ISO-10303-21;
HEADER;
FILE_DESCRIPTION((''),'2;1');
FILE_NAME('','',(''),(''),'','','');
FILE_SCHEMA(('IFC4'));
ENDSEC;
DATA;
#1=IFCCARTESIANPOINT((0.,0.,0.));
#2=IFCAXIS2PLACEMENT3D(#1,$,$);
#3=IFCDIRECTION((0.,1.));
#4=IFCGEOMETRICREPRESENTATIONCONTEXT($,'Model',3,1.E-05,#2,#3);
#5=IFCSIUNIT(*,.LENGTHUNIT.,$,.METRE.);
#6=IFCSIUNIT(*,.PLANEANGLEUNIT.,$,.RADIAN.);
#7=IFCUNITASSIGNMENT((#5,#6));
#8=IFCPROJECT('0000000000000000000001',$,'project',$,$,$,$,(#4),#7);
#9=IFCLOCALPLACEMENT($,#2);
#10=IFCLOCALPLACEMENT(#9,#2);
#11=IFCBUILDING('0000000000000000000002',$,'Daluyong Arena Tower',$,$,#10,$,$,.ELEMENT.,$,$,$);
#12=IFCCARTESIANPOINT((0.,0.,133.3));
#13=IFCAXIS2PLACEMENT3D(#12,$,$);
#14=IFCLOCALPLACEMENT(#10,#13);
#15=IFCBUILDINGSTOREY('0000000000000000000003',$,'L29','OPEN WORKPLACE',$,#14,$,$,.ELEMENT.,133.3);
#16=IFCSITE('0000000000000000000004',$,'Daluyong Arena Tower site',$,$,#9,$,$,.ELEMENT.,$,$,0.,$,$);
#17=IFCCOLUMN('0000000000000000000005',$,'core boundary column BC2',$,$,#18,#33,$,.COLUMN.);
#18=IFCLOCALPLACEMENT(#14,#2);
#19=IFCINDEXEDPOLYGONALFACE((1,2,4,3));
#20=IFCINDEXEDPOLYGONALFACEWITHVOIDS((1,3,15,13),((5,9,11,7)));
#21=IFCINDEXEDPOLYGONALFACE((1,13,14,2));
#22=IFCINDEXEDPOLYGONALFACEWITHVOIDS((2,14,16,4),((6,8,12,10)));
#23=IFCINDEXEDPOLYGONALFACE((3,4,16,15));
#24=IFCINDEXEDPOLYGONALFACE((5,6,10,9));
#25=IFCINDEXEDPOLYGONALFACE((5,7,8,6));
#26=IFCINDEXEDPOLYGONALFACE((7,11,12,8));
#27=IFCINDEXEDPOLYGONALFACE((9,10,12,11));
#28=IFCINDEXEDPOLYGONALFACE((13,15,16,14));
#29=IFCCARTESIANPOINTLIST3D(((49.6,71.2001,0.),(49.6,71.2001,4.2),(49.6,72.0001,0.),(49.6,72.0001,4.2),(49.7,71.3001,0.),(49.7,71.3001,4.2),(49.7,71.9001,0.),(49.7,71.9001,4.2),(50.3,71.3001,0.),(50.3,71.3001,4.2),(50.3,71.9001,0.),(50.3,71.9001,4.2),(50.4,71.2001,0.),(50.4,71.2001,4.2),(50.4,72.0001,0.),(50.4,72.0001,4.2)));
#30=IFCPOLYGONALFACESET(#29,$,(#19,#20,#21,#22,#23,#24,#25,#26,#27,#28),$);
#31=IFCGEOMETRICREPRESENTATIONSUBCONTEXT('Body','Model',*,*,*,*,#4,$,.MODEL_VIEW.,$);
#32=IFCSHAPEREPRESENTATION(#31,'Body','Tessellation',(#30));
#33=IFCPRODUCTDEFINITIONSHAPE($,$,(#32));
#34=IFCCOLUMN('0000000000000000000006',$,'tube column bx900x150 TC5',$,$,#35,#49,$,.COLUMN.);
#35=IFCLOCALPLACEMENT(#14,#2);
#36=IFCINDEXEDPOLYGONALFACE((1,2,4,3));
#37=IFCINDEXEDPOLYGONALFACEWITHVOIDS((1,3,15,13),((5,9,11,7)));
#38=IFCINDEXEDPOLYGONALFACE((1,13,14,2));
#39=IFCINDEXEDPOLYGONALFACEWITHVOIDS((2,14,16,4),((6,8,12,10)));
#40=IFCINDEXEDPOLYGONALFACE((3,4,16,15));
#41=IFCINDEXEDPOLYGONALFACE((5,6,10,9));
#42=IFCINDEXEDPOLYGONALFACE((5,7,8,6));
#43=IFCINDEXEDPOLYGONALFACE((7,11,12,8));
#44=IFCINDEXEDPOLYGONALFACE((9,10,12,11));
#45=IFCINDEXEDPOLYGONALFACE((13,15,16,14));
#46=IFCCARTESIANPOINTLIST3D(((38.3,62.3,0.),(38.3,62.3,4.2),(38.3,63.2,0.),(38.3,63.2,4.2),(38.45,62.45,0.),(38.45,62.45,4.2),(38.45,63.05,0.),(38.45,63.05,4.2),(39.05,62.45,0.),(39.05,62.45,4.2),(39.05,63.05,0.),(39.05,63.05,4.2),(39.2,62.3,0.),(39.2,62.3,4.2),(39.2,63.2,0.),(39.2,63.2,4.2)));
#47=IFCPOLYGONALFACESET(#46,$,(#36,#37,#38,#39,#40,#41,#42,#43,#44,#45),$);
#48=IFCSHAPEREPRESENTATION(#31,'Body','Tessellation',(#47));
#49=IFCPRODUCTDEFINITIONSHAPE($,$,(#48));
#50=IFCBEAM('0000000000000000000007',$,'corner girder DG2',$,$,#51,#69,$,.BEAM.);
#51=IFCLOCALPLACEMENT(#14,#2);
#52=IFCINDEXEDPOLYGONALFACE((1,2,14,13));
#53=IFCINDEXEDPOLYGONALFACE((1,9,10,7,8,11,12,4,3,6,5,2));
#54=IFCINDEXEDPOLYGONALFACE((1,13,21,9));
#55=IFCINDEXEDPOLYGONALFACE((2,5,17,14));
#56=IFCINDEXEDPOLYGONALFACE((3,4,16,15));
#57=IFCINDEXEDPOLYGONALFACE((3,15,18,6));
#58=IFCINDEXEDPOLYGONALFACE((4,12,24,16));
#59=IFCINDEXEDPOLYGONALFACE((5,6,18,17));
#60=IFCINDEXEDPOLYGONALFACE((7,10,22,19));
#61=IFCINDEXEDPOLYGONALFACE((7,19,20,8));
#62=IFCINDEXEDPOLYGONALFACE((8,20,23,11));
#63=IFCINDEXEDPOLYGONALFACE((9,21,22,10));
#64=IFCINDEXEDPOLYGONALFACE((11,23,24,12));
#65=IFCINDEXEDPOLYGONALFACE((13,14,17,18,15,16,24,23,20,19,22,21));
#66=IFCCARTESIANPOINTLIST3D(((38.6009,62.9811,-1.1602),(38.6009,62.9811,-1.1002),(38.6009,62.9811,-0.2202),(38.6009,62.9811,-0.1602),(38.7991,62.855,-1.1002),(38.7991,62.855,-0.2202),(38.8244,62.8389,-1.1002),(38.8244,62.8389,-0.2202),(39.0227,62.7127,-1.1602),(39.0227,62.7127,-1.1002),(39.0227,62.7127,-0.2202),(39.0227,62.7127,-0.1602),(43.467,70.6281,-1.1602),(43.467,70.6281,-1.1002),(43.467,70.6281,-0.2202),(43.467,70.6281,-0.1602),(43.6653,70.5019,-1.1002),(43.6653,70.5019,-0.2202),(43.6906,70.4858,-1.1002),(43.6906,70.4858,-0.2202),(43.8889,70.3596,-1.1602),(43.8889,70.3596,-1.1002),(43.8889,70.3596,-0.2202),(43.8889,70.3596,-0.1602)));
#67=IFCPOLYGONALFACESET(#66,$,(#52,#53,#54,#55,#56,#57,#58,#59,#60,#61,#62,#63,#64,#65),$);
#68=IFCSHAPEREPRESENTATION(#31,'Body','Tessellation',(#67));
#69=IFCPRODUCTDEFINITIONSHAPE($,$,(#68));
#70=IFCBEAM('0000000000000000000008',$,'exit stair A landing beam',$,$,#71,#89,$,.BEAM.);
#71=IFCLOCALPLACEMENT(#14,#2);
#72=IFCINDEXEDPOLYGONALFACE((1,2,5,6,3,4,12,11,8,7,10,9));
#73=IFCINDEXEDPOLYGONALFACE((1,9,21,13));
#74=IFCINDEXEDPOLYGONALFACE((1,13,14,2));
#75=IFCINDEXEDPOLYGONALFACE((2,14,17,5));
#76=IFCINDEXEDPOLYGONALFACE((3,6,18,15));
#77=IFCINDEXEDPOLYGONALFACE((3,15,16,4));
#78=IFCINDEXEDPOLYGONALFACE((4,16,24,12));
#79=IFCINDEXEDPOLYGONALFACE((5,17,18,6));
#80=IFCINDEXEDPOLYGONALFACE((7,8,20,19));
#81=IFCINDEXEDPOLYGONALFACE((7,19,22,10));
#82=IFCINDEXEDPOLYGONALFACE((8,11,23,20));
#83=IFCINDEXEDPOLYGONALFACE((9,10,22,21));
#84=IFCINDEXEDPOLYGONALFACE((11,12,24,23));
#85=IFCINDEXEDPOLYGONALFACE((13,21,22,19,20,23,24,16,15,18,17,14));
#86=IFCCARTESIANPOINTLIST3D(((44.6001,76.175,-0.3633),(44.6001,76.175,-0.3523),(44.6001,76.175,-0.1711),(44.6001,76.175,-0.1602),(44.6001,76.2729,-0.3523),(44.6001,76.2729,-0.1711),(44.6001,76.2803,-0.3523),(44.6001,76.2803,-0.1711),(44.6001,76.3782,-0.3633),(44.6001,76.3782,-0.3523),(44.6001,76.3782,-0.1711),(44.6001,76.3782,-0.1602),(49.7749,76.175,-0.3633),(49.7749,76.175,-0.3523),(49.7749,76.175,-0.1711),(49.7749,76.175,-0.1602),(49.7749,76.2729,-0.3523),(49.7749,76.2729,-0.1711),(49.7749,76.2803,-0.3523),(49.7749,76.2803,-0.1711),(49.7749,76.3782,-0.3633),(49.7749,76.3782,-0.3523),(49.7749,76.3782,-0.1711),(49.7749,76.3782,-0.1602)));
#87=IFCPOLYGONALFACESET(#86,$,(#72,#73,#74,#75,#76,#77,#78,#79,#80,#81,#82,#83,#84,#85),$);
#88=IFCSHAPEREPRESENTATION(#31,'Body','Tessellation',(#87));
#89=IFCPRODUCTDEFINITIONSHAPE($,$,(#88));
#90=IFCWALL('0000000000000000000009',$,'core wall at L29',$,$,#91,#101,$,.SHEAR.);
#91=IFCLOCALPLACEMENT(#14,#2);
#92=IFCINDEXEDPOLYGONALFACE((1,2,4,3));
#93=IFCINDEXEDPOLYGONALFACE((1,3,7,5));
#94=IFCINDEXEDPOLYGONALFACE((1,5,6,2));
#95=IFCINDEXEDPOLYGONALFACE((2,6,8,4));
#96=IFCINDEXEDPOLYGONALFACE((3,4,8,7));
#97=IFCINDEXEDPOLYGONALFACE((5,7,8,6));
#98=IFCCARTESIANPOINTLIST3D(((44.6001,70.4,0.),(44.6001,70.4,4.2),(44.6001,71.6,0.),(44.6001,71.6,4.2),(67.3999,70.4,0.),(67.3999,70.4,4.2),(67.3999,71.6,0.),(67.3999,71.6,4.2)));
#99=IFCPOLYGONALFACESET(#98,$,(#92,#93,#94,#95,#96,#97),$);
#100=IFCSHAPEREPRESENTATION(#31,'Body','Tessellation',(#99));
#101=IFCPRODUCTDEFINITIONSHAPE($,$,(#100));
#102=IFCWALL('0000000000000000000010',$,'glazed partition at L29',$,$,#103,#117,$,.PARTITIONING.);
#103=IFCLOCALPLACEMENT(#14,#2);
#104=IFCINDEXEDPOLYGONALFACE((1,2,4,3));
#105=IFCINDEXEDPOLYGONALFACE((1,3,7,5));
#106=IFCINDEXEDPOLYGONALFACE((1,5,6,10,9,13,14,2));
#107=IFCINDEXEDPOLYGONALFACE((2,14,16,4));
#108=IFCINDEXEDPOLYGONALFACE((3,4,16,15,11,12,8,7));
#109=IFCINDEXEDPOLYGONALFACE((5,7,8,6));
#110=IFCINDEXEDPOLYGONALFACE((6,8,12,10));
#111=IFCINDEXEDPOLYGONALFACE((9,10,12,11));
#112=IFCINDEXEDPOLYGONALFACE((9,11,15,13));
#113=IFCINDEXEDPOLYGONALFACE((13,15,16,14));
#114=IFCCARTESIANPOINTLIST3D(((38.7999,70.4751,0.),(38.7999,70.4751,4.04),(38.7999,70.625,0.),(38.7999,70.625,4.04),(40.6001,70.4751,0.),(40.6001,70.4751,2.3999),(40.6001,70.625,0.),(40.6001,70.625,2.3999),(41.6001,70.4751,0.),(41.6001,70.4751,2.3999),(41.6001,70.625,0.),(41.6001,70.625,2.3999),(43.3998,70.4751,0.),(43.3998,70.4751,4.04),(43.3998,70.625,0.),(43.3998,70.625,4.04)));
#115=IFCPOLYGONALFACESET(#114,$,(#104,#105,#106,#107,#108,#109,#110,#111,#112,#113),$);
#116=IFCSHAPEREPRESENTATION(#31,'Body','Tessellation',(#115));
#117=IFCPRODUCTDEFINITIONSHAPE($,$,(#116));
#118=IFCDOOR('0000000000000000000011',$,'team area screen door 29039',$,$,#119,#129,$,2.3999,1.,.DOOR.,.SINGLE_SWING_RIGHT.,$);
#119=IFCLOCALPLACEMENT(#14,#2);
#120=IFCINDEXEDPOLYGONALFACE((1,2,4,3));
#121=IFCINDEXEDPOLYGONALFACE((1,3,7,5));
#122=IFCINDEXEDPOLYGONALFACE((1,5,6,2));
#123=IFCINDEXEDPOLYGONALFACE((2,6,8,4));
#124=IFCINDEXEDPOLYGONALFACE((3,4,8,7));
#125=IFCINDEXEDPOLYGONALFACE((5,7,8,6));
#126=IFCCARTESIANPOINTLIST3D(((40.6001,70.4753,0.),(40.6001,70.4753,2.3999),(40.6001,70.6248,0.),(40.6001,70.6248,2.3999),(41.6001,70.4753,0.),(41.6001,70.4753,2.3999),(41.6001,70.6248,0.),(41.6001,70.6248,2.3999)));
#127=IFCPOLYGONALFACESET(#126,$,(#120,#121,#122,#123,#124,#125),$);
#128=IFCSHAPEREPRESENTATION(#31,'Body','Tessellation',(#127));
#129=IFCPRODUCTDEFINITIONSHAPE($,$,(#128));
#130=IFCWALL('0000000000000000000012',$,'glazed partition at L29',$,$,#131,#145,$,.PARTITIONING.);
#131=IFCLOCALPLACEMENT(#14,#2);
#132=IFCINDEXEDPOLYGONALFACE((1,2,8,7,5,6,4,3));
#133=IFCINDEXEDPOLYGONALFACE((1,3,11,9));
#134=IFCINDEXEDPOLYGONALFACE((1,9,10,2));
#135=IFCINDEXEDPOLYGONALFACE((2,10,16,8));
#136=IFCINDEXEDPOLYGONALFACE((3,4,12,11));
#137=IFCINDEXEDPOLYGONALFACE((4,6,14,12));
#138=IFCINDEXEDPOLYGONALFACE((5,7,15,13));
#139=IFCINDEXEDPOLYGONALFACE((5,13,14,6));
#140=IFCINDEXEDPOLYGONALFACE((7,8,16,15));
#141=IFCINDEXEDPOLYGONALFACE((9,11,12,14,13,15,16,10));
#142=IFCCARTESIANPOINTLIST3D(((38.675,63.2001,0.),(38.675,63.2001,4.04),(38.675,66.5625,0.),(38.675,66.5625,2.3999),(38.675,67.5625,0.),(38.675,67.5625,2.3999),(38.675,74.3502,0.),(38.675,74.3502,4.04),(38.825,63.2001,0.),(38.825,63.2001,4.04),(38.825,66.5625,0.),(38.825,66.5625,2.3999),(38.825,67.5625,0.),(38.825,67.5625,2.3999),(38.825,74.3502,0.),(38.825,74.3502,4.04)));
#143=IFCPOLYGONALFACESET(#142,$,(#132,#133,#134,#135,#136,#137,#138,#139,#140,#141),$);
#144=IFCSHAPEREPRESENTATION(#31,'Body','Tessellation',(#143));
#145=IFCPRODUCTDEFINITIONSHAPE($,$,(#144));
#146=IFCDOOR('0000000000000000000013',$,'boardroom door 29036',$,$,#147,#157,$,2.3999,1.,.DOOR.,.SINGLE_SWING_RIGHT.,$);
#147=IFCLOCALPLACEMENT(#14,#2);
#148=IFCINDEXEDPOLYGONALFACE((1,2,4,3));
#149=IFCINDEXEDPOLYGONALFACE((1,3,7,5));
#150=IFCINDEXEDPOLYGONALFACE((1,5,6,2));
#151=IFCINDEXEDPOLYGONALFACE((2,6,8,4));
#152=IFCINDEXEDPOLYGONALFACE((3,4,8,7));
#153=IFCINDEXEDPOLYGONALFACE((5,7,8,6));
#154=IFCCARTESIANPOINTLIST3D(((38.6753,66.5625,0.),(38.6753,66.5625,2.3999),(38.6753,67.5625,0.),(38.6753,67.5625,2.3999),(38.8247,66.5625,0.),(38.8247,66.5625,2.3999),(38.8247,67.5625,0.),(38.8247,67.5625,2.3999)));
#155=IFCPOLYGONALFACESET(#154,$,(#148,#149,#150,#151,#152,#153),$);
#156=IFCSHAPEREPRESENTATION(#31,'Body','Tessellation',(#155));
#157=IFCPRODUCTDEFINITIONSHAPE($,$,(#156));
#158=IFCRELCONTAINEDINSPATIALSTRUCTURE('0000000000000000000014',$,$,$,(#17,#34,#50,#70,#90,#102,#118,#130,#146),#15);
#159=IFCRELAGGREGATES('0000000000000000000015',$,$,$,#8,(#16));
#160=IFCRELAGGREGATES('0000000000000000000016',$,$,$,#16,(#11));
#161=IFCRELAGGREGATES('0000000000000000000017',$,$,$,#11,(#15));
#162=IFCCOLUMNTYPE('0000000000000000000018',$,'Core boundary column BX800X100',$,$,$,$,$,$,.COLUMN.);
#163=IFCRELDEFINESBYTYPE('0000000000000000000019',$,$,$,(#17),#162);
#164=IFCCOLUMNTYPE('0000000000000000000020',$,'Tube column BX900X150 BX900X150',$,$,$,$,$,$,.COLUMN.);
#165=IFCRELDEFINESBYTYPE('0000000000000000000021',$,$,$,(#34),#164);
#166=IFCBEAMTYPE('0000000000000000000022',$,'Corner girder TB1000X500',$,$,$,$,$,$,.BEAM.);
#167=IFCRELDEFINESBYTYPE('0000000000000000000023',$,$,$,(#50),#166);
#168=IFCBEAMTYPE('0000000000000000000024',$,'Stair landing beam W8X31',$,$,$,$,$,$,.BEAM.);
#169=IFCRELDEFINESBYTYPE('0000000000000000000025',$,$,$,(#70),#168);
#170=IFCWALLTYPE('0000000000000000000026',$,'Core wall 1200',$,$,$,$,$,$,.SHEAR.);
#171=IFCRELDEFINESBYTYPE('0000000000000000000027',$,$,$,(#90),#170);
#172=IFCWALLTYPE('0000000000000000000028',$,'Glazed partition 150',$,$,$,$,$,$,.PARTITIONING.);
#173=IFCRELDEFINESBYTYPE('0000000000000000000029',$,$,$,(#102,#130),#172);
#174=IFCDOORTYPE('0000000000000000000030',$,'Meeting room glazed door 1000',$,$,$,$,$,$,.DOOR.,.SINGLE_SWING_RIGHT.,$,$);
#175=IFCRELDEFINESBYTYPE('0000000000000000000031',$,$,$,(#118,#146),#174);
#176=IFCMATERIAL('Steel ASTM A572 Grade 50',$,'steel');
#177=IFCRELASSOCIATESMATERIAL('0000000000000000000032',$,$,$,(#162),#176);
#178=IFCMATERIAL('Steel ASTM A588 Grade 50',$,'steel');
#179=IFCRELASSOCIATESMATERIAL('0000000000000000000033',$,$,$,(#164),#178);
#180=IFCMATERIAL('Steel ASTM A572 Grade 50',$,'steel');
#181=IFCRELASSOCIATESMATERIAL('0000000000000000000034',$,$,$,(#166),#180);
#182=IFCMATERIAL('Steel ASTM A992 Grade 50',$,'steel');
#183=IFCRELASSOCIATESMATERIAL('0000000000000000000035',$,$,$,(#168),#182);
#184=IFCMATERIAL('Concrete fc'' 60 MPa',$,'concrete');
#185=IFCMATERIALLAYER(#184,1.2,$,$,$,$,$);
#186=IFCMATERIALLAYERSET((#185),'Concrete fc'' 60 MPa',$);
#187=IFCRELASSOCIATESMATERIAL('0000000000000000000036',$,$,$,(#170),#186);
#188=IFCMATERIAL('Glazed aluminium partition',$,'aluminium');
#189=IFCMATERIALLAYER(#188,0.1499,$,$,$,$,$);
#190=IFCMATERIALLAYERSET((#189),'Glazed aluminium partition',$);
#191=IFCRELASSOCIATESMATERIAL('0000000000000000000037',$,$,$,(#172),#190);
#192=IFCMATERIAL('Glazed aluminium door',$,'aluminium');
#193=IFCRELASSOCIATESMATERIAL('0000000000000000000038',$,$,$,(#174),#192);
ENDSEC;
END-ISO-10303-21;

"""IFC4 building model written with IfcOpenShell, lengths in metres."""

from ifc_helpers import new_model, si_unit, direction, frame, frame_2d, origin, origin_2d, place, context, subcontext, project, spatial, rectangle, hollow_rectangle, i_section, extrude, material, layer, layer_set, material_profile, profile_set, type_object, element, fill, save


model = new_model("IFC4")

# Units and contexts
model_context = context("Model", 3, precision=1e-05, world=origin(), true_north=direction((0.0, 1.0)))
body_context = subcontext(model_context, "Body", "Model", "MODEL_VIEW")
ifc_project = project(units=[si_unit("LENGTHUNIT", "METRE"), si_unit("PLANEANGLEUNIT", "RADIAN")], contexts=[model_context])

# Site, building, storey
site_placement = place(None, origin())
site = spatial("IfcSite", under=ifc_project, at=site_placement, Name="Daluyong Arena Tower site", CompositionType="ELEMENT", RefElevation=0.0)
building_placement = place(site_placement, origin())
building = spatial("IfcBuilding", under=site, at=building_placement, Name="Daluyong Arena Tower", CompositionType="ELEMENT")
storey_placement = place(building_placement, frame((0.0, 0.0, 133.3)))
storey = spatial("IfcBuildingStorey", under=building, at=storey_placement, Name="L29", Description="OPEN WORKPLACE", CompositionType="ELEMENT", Elevation=133.3)

# Columns
ifc_material_1 = material(Name="Steel ASTM A572 Grade 50", Category="steel")
ifc_material_profile_1 = material_profile(ifc_material_1, hollow_rectangle(XDim=0.8, YDim=0.8, WallThickness=0.1, at=origin_2d()))
ifc_profile_set_1 = profile_set([ifc_material_profile_1], Name="Steel ASTM A572 Grade 50")
column_type_1 = type_object("IfcColumnType", Name="Core boundary column BX800X100", PredefinedType="COLUMN", material=ifc_profile_set_1)
column_1_placement = place(storey_placement, frame((50.0, 71.6001, 0.0), z_axis=(0.0, 0.0, 1.0), x_axis=(1.0, 0.0, 0.0)))
element("IfcColumn", 1, at=column_1_placement, inside=storey, type_object=column_type_1, Name="core boundary column BC2", PredefinedType="COLUMN", context=body_context, shape_type="SweptSolid", body=[
    extrude(hollow_rectangle(XDim=0.8, YDim=0.8, WallThickness=0.1, at=origin_2d()), origin(), (0.0, 0.0, 1.0), 4.2),
])
ifc_material_2 = material(Name="Steel ASTM A588 Grade 50", Category="steel")
ifc_material_profile_2 = material_profile(ifc_material_2, hollow_rectangle(XDim=0.8999, YDim=0.8999, WallThickness=0.15, at=origin_2d()))
ifc_profile_set_2 = profile_set([ifc_material_profile_2], Name="Steel ASTM A588 Grade 50")
column_type_2 = type_object("IfcColumnType", Name="Tube column BX900X150 BX900X150", PredefinedType="COLUMN", material=ifc_profile_set_2)
column_2_placement = place(storey_placement, frame((38.75, 62.75, 0.0), z_axis=(0.0, 0.0, 1.0), x_axis=(0.0, 1.0, 0.0)))
element("IfcColumn", 2, at=column_2_placement, inside=storey, type_object=column_type_2, Name="tube column bx900x150 TC5", PredefinedType="COLUMN", context=body_context, shape_type="SweptSolid", body=[
    extrude(hollow_rectangle(XDim=0.8999, YDim=0.8999, WallThickness=0.15, at=origin_2d()), origin(), (0.0, 0.0, 1.0), 4.2),
])

# Beams
ifc_material_3 = material(Name="Steel ASTM A572 Grade 50", Category="steel")
ifc_material_profile_3 = material_profile(ifc_material_3, i_section(OverallWidth=0.5, OverallDepth=1.0, WebThickness=0.03, FlangeThickness=0.06, at=origin_2d()))
ifc_profile_set_3 = profile_set([ifc_material_profile_3], Name="Steel ASTM A572 Grade 50")
beam_type_1 = type_object("IfcBeamType", Name="Corner girder TB1000X500", PredefinedType="BEAM", material=ifc_profile_set_3)
beam_1_placement = place(storey_placement, frame((38.8118, 62.8469, -0.6602), z_axis=(0.536872, 0.843664, 0.0), x_axis=(-0.843664, 0.536872, 0.0)))
element("IfcBeam", 3, at=beam_1_placement, inside=storey, type_object=beam_type_1, Name="corner girder DG2", PredefinedType="BEAM", context=body_context, shape_type="SweptSolid", body=[
    extrude(i_section(OverallWidth=0.5, OverallDepth=1.0, WebThickness=0.03, FlangeThickness=0.06, at=origin_2d()), origin(), (0.0, 0.0, 1.0), 9.064),
])
ifc_material_4 = material(Name="Steel ASTM A992 Grade 50", Category="steel")
ifc_material_profile_4 = material_profile(ifc_material_4, i_section(OverallWidth=0.2031, OverallDepth=0.2031, WebThickness=0.0073, FlangeThickness=0.011, at=origin_2d()))
ifc_profile_set_4 = profile_set([ifc_material_profile_4], Name="Steel ASTM A992 Grade 50")
beam_type_2 = type_object("IfcBeamType", Name="Stair landing beam W8X31", PredefinedType="BEAM", material=ifc_profile_set_4)
beam_2_placement = place(storey_placement, frame((44.6001, 76.2766, -0.2617), z_axis=(1.0, 0.0, 0.0), x_axis=(0.0, 1.0, 0.0)))
element("IfcBeam", 4, at=beam_2_placement, inside=storey, type_object=beam_type_2, Name="exit stair A landing beam", PredefinedType="BEAM", context=body_context, shape_type="SweptSolid", body=[
    extrude(i_section(OverallWidth=0.2031, OverallDepth=0.2031, WebThickness=0.0073, FlangeThickness=0.011, at=origin_2d()), origin(), (0.0, 0.0, 1.0), 5.1748),
])

# Shared definitions
ifc_material_5 = material(Name="Concrete fc' 60 MPa", Category="concrete")
ifc_layer_1 = layer(ifc_material_5, 1.2)
ifc_layer_set_1 = layer_set([ifc_layer_1], Name="Concrete fc' 60 MPa")
wall_type_1 = type_object("IfcWallType", Name="Core wall 1200", PredefinedType="SHEAR", material=ifc_layer_set_1)

# Wall
wall_1_placement = place(storey_placement, frame((44.6001, 71.0, 0.0), z_axis=(0.0, 0.0, 1.0), x_axis=(1.0, 0.0, 0.0)))
element("IfcWall", 5, at=wall_1_placement, inside=storey, type_object=wall_type_1, Name="core wall at L29", PredefinedType="SHEAR", context=body_context, shape_type="SweptSolid", body=[
    extrude(rectangle(XDim=22.7998, YDim=1.2, at=frame_2d((11.3999, 0.0))), origin(), (0.0, 0.0, 1.0), 4.2),
])

# Walls, openings, doors
ifc_material_6 = material(Name="Glazed aluminium partition", Category="aluminium")
ifc_layer_2 = layer(ifc_material_6, 0.1499)
ifc_layer_set_2 = layer_set([ifc_layer_2], Name="Glazed aluminium partition")
wall_type_2 = type_object("IfcWallType", Name="Glazed partition 150", PredefinedType="PARTITIONING", material=ifc_layer_set_2)
wall_2_placement = place(storey_placement, frame((38.8, 70.55, 0.0), z_axis=(0.0, 0.0, 1.0), x_axis=(1.0, 0.0, 0.0)))
wall_2 = element("IfcWall", 6, at=wall_2_placement, inside=storey, type_object=wall_type_2, Name="glazed partition at L29", PredefinedType="PARTITIONING", context=body_context, shape_type="SweptSolid", body=[
    extrude(rectangle(XDim=4.5999, YDim=0.1499, at=frame_2d((2.2998, 0.0))), origin(), (0.0, 0.0, 1.0), 4.04),
])
opening_1_placement = place(wall_2_placement, frame((1.8, 0.0, 0.0)))
opening_1 = element("IfcOpeningElement", 7, at=opening_1_placement, cuts=wall_2, PredefinedType="OPENING", context=body_context, shape_type="SweptSolid", body=[
    extrude(rectangle(XDim=1.0, YDim=2.3999, at=frame_2d((0.5, 1.2))), frame((0.0, 0.085, 0.0), z_axis=(0.0, -1.0, 0.0), x_axis=(1.0, 0.0, 0.0)), (0.0, 0.0, 1.0), 0.1699),
])
ifc_material_7 = material(Name="Glazed aluminium door", Category="aluminium")
door_type_1 = type_object("IfcDoorType", Name="Meeting room glazed door 1000", OperationType="SINGLE_SWING_RIGHT", PredefinedType="DOOR", material=ifc_material_7)
door_1_placement = place(opening_1_placement, origin())
door_1 = element("IfcDoor", 8, at=door_1_placement, inside=storey, type_object=door_type_1, Name="team area screen door 29039", OperationType="SINGLE_SWING_RIGHT", OverallHeight=2.3999, OverallWidth=1.0, PredefinedType="DOOR", context=body_context, shape_type="SweptSolid", body=[
    extrude(rectangle(XDim=1.0, YDim=2.3999, at=frame_2d((0.5, 1.2))), frame((0.0, 0.0747, 0.0), z_axis=(0.0, -1.0, 0.0), x_axis=(1.0, 0.0, 0.0)), (0.0, 0.0, 1.0), 0.1494),
])
fill(opening_1, door_1)
wall_3_placement = place(storey_placement, frame((38.75, 63.2, 0.0), z_axis=(0.0, 0.0, 1.0), x_axis=(0.0, 1.0, 0.0)))
wall_3 = element("IfcWall", 9, at=wall_3_placement, inside=storey, type_object=wall_type_2, Name="glazed partition at L29", PredefinedType="PARTITIONING", context=body_context, shape_type="SweptSolid", body=[
    extrude(rectangle(XDim=11.1501, YDim=0.1499, at=frame_2d((5.5752, 0.0))), origin(), (0.0, 0.0, 1.0), 4.04),
])
opening_2_placement = place(wall_3_placement, frame((3.3625, 0.0, 0.0)))
opening_2 = element("IfcOpeningElement", 10, at=opening_2_placement, cuts=wall_3, PredefinedType="OPENING", context=body_context, shape_type="SweptSolid", body=[
    extrude(rectangle(XDim=1.0, YDim=2.3999, at=frame_2d((0.5, 1.2))), frame((0.0, 0.085, 0.0), z_axis=(0.0, -1.0, 0.0), x_axis=(1.0, 0.0, 0.0)), (0.0, 0.0, 1.0), 0.1699),
])
door_2_placement = place(opening_2_placement, origin())
door_2 = element("IfcDoor", 11, at=door_2_placement, inside=storey, type_object=door_type_1, Name="boardroom door 29036", OperationType="SINGLE_SWING_RIGHT", OverallHeight=2.3999, OverallWidth=1.0, PredefinedType="DOOR", context=body_context, shape_type="SweptSolid", body=[
    extrude(rectangle(XDim=1.0, YDim=2.3999, at=frame_2d((0.5, 1.2))), frame((0.0, 0.0747, 0.0), z_axis=(0.0, -1.0, 0.0), x_axis=(1.0, 0.0, 0.0)), (0.0, 0.0, 1.0), 0.1494),
])
fill(opening_2, door_2)

save(model, "model.ifc")
